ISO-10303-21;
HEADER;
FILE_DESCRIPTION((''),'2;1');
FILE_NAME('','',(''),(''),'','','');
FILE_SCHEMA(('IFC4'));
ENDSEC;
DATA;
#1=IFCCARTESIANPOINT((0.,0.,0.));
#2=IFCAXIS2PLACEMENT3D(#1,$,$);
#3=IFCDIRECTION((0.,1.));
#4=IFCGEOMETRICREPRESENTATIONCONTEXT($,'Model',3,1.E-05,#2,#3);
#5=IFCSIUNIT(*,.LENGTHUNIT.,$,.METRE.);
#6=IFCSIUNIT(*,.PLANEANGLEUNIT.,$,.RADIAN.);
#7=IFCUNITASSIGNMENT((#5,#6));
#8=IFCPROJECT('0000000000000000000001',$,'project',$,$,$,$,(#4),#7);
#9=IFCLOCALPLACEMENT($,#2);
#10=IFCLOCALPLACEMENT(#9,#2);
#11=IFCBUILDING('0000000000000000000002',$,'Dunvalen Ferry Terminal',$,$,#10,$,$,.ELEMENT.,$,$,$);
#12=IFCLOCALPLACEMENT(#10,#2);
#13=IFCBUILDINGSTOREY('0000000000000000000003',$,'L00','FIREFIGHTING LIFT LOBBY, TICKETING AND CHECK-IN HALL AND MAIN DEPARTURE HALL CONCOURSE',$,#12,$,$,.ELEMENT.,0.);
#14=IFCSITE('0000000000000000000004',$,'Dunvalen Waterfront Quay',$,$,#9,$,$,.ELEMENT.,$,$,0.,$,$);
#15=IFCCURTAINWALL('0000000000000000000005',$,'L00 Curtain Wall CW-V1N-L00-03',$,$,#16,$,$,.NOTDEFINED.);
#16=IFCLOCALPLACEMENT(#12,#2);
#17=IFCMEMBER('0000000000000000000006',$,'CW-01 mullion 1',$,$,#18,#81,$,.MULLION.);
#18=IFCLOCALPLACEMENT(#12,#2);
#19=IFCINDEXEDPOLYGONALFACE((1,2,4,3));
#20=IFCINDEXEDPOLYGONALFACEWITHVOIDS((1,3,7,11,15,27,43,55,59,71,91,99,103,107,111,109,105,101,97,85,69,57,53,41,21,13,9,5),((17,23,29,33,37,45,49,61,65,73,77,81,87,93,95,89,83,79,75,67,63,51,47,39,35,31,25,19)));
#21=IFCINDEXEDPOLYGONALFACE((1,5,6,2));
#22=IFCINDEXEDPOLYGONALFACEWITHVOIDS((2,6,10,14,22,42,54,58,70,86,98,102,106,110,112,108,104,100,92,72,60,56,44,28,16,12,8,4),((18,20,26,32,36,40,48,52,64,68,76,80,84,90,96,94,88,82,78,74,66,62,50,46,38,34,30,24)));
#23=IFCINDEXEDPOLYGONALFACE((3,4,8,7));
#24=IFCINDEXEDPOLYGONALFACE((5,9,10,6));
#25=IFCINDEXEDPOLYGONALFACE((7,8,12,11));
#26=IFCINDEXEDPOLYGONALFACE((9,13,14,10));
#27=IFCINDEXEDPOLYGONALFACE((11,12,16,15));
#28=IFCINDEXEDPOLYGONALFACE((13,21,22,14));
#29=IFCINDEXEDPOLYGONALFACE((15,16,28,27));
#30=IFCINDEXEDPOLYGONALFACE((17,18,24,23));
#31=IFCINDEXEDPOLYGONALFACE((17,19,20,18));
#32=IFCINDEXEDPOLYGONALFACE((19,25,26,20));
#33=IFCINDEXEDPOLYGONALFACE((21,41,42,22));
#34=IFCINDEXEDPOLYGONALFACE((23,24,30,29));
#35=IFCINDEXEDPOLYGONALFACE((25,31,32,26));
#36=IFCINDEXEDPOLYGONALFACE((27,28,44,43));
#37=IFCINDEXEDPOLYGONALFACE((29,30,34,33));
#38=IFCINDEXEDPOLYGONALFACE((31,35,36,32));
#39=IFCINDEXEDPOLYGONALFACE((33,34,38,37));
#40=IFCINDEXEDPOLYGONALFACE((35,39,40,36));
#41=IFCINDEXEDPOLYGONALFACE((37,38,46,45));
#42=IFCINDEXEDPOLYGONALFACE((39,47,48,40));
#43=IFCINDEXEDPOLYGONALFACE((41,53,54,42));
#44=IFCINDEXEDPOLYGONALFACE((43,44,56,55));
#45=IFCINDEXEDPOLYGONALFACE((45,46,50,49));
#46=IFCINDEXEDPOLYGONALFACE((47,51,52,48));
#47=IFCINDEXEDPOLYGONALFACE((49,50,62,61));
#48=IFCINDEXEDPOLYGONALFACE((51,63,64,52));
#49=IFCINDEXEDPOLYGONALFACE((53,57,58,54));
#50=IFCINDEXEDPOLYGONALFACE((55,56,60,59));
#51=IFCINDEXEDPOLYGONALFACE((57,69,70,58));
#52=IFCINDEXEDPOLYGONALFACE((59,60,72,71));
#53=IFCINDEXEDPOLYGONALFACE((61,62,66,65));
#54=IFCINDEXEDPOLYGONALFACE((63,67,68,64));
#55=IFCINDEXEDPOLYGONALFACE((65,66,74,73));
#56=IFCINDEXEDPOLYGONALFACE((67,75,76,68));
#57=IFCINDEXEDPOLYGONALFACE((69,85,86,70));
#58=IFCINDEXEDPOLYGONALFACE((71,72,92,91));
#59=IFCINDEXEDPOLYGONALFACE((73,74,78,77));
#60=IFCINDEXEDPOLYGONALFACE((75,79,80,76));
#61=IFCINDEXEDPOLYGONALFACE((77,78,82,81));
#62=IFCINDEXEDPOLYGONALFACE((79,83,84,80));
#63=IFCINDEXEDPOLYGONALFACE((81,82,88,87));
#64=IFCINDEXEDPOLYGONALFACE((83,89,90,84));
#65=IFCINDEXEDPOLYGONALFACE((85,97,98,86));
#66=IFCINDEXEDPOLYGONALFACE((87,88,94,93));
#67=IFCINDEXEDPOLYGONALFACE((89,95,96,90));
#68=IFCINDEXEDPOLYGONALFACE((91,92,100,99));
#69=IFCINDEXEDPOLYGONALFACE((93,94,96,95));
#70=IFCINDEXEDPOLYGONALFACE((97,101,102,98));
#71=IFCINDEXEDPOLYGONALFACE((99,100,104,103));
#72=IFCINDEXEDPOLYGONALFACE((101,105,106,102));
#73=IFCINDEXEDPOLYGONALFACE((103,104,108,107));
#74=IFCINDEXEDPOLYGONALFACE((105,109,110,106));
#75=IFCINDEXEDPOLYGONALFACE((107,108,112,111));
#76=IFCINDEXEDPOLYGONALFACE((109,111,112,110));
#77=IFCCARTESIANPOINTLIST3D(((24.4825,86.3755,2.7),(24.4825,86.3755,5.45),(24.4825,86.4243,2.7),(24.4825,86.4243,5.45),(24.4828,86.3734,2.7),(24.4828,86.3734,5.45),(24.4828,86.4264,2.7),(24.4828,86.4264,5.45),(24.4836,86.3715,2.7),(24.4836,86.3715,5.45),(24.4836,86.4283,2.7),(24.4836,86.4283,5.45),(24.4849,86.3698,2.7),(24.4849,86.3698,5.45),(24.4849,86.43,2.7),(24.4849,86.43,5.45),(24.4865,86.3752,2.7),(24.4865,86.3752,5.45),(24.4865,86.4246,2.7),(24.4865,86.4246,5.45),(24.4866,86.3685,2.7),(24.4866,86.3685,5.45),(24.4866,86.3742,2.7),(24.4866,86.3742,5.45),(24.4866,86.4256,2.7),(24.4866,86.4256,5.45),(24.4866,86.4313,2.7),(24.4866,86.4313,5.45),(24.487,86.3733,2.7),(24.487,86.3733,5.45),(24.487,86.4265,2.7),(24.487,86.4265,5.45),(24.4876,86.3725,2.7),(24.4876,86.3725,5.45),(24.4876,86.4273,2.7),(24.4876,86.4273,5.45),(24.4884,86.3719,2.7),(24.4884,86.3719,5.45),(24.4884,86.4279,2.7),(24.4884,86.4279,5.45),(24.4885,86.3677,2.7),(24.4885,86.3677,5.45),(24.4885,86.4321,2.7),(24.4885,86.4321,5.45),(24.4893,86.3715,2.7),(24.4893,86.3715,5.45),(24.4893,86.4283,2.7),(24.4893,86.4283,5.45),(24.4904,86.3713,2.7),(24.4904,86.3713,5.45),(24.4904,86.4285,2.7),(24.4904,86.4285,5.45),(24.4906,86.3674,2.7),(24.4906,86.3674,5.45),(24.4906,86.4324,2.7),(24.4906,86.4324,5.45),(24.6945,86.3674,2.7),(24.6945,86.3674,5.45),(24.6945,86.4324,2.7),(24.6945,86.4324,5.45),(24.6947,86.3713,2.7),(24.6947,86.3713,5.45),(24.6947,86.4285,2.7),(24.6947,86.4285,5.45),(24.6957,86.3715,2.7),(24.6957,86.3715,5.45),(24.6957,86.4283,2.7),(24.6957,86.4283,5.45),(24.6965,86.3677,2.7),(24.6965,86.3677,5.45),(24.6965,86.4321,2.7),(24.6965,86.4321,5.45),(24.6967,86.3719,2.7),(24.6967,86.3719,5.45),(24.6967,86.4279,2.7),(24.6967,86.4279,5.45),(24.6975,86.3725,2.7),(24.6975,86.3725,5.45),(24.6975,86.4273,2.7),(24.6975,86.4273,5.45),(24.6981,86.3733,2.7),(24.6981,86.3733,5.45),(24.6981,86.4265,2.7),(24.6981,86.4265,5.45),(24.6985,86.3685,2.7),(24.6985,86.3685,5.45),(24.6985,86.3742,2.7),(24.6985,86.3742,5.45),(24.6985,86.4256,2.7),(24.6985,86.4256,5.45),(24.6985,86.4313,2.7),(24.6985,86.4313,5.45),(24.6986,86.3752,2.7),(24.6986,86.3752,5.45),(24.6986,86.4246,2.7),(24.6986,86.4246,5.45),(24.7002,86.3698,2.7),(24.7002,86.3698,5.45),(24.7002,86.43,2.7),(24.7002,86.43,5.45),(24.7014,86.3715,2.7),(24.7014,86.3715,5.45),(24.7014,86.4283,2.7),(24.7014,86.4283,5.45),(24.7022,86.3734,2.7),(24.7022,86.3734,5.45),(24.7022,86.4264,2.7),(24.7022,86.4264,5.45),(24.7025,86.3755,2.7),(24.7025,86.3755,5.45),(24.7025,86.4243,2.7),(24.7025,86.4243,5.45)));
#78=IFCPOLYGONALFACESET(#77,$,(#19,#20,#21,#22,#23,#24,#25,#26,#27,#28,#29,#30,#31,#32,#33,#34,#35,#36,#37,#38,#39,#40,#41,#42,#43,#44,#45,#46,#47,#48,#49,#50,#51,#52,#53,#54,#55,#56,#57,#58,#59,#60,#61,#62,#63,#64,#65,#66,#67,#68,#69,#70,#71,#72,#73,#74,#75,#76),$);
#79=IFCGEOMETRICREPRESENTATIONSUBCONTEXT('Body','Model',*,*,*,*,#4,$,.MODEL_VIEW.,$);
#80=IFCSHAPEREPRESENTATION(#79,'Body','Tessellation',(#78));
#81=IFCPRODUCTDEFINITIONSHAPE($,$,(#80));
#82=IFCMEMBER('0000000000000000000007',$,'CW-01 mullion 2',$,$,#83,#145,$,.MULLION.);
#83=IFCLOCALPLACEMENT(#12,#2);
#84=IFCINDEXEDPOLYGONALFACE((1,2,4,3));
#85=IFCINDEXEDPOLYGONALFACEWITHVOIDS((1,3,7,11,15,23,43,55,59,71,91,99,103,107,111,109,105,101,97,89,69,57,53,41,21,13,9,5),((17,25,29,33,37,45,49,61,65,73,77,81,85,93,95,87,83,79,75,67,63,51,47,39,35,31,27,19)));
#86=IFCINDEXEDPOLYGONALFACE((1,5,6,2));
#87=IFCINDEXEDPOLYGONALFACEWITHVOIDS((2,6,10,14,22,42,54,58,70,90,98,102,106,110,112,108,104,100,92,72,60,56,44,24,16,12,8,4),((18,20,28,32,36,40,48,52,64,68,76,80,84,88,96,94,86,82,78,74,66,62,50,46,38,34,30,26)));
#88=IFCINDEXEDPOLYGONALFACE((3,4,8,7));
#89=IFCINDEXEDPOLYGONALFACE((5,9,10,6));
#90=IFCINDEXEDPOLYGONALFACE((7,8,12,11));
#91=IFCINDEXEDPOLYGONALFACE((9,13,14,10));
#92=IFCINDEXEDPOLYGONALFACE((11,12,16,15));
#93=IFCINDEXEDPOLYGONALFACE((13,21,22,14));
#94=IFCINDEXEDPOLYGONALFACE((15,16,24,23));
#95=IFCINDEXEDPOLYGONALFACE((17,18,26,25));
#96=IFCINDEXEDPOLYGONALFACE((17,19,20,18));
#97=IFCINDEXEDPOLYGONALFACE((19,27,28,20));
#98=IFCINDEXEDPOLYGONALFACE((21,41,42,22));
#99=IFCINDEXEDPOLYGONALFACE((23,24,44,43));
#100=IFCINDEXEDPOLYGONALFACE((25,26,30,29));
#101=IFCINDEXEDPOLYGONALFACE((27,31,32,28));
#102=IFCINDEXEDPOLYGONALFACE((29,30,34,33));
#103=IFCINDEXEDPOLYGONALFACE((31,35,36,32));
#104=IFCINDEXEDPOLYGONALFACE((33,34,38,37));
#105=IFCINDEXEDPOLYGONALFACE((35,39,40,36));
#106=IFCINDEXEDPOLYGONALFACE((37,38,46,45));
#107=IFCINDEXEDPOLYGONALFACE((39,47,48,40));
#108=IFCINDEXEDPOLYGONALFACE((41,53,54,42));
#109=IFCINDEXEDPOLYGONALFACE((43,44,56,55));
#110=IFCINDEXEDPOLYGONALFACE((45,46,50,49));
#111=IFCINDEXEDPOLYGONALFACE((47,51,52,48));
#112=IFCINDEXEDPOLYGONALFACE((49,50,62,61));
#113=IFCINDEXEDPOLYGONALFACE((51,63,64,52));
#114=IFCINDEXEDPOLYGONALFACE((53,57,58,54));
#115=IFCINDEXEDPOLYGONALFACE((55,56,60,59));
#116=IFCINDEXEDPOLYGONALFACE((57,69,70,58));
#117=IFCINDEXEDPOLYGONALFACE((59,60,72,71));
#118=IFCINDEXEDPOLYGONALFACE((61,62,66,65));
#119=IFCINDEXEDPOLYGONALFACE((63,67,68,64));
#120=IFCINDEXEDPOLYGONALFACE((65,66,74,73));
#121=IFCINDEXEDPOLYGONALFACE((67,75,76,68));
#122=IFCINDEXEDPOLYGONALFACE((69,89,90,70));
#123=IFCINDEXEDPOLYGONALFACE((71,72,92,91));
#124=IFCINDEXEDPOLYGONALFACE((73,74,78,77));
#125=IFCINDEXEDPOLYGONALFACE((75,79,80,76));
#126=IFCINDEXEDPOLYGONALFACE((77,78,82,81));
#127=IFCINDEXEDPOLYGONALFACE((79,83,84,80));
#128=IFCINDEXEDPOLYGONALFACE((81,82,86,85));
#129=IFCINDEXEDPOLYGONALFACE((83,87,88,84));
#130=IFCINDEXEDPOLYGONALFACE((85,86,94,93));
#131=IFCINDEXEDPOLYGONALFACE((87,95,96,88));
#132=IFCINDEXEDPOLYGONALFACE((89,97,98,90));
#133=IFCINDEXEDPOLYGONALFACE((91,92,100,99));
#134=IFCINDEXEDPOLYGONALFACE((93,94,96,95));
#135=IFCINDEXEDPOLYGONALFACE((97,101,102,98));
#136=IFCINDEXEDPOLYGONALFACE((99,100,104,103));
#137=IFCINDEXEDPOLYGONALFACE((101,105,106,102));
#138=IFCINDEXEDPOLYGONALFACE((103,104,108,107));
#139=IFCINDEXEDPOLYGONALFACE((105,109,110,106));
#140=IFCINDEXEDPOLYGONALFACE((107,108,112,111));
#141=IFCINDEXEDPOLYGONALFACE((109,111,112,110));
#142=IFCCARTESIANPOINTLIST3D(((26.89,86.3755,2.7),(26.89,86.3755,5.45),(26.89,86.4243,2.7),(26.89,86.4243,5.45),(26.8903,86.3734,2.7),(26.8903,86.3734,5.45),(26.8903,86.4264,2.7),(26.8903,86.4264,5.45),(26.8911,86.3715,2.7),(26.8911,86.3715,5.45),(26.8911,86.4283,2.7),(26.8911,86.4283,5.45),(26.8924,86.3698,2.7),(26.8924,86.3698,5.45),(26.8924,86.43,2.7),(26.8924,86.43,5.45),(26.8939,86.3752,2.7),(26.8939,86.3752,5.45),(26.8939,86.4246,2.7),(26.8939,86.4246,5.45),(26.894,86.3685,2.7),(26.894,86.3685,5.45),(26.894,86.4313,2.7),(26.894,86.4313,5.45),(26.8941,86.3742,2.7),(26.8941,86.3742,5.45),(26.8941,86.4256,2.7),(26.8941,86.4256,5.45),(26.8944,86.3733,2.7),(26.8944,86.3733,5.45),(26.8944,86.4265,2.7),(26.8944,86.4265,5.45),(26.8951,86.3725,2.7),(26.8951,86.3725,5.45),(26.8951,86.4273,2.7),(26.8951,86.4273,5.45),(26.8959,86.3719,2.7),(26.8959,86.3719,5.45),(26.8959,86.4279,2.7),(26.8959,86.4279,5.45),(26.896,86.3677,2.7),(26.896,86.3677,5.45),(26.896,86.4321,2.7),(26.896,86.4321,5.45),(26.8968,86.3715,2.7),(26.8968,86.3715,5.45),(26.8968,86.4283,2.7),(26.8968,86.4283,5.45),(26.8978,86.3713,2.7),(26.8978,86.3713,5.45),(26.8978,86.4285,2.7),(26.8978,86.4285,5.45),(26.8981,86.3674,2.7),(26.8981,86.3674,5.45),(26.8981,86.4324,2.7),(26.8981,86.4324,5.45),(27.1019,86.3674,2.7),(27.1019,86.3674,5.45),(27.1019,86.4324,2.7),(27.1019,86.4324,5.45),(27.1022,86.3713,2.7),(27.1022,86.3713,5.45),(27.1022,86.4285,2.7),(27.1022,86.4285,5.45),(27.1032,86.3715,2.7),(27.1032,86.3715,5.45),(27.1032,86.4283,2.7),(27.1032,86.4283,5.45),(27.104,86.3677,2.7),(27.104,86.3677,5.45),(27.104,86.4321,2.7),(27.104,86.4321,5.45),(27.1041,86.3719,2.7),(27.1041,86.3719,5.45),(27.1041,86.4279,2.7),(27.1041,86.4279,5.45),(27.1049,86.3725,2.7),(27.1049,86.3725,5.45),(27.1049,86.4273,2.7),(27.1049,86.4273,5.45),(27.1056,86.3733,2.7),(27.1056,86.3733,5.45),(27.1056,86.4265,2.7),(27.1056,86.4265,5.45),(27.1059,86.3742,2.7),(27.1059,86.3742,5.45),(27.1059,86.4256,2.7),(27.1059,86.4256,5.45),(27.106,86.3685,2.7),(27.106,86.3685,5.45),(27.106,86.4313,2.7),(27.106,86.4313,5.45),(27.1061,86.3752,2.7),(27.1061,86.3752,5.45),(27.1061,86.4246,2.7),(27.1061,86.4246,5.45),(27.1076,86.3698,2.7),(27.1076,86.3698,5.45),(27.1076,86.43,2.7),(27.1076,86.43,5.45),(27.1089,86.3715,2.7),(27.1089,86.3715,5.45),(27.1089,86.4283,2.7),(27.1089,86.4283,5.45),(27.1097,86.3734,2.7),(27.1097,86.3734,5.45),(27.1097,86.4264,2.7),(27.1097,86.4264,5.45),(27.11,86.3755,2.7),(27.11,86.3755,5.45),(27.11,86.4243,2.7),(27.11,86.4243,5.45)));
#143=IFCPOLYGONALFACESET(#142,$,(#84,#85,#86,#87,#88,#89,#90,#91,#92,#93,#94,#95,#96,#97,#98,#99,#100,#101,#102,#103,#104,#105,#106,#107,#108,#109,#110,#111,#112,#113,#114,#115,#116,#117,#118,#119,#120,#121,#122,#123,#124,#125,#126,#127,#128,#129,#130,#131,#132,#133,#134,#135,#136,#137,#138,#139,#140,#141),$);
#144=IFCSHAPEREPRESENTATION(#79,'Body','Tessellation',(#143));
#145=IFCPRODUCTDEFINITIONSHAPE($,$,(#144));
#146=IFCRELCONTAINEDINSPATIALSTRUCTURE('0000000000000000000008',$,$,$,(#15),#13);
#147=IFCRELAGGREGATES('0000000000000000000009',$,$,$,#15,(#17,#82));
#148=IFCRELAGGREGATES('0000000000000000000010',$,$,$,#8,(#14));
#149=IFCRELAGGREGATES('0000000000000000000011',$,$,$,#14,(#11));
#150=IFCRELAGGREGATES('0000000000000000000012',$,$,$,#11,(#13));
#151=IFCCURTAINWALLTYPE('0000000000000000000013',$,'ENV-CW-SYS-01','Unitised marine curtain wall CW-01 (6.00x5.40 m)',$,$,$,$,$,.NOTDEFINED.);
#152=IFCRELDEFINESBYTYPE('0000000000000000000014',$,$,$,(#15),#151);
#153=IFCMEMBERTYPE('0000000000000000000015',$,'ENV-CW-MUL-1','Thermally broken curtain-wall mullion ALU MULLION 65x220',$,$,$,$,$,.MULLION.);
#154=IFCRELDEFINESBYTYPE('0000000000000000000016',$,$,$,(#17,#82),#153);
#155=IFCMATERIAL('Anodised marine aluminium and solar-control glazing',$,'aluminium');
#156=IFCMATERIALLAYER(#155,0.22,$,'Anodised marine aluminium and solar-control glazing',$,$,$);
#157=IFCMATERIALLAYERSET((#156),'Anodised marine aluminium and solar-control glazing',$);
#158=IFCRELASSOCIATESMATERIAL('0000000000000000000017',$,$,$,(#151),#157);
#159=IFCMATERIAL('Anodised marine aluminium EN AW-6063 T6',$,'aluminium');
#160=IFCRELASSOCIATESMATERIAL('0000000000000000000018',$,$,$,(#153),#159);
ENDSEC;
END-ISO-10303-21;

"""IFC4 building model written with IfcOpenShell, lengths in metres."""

from ifc_helpers import new_model, si_unit, direction, frame, origin, origin_2d, place, context, subcontext, project, spatial, hollow_rectangle, extrude, material, layer, layer_set, material_profile, profile_set, type_object, element, aggregate, save


model = new_model("IFC4")

# Units and contexts
model_context = context("Model", 3, precision=1e-05, world=origin(), true_north=direction((0.0, 1.0)))
body_context = subcontext(model_context, "Body", "Model", "MODEL_VIEW")
ifc_project = project(units=[si_unit("LENGTHUNIT", "METRE"), si_unit("PLANEANGLEUNIT", "RADIAN")], contexts=[model_context])

# Site, building, storey
site_placement = place(None, origin())
site = spatial("IfcSite", under=ifc_project, at=site_placement, Name="Dunvalen Waterfront Quay", CompositionType="ELEMENT", RefElevation=0.0)
building_placement = place(site_placement, origin())
building = spatial("IfcBuilding", under=site, at=building_placement, Name="Dunvalen Ferry Terminal", CompositionType="ELEMENT")
storey_placement = place(building_placement, origin())
storey = spatial("IfcBuildingStorey", under=building, at=storey_placement, Name="L00", Description="FIREFIGHTING LIFT LOBBY, TICKETING AND CHECK-IN HALL AND MAIN DEPARTURE HALL CONCOURSE", CompositionType="ELEMENT", Elevation=0.0)

# Shared definitions
ifc_material_1 = material(Name="Anodised marine aluminium and solar-control glazing", Category="aluminium")
ifc_layer_1 = layer(ifc_material_1, 0.22, Name="Anodised marine aluminium and solar-control glazing")
ifc_layer_set_1 = layer_set([ifc_layer_1], Name="Anodised marine aluminium and solar-control glazing")
curtain_wall_type = type_object("IfcCurtainWallType", Name="ENV-CW-SYS-01", Description="Unitised marine curtain wall CW-01 (6.00x5.40 m)", PredefinedType="NOTDEFINED", material=ifc_layer_set_1)
ifc_material_2 = material(Name="Anodised marine aluminium EN AW-6063 T6", Category="aluminium")
ifc_material_profile_1 = material_profile(ifc_material_2, hollow_rectangle(XDim=0.0649, YDim=0.22, WallThickness=0.0039, InnerFilletRadius=0.0039, OuterFilletRadius=0.0081, at=origin_2d()), Name="Anodised marine aluminium EN AW-6063 T6")
ifc_profile_set_1 = profile_set([ifc_material_profile_1], Name="Anodised marine aluminium EN AW-6063 T6")
member_type_1 = type_object("IfcMemberType", Name="ENV-CW-MUL-1", Description="Thermally broken curtain-wall mullion ALU MULLION 65x220", PredefinedType="MULLION", material=ifc_profile_set_1)

# Curtain wall, members
curtain_wall_1_placement = place(storey_placement, origin())
curtain_wall_1 = element("IfcCurtainWall", 1, at=curtain_wall_1_placement, inside=storey, type_object=curtain_wall_type, Name="L00 Curtain Wall CW-V1N-L00-03", PredefinedType="NOTDEFINED")
member_1_placement = place(storey_placement, frame((24.5925, 86.3999, 2.7), z_axis=(0.0, 0.0, 1.0), x_axis=(0.0, 1.0, 0.0)))
member_1 = element("IfcMember", 2, at=member_1_placement, type_object=member_type_1, Name="CW-01 mullion 1", PredefinedType="MULLION", context=body_context, shape_type="SweptSolid", body=[
    extrude(hollow_rectangle(XDim=0.0649, YDim=0.22, WallThickness=0.0039, InnerFilletRadius=0.0039, OuterFilletRadius=0.0081, at=origin_2d()), origin(), (0.0, 0.0, 1.0), 2.75),
])
member_2_placement = place(storey_placement, frame((27.0, 86.3999, 2.7), z_axis=(0.0, 0.0, 1.0), x_axis=(0.0, 1.0, 0.0)))
member_2 = element("IfcMember", 3, at=member_2_placement, type_object=member_type_1, Name="CW-01 mullion 2", PredefinedType="MULLION", context=body_context, shape_type="SweptSolid", body=[
    extrude(hollow_rectangle(XDim=0.0649, YDim=0.22, WallThickness=0.0039, InnerFilletRadius=0.0039, OuterFilletRadius=0.0081, at=origin_2d()), origin(), (0.0, 0.0, 1.0), 2.75),
])

aggregate(curtain_wall_1, [member_1, member_2])

save(model, "model.ifc")
